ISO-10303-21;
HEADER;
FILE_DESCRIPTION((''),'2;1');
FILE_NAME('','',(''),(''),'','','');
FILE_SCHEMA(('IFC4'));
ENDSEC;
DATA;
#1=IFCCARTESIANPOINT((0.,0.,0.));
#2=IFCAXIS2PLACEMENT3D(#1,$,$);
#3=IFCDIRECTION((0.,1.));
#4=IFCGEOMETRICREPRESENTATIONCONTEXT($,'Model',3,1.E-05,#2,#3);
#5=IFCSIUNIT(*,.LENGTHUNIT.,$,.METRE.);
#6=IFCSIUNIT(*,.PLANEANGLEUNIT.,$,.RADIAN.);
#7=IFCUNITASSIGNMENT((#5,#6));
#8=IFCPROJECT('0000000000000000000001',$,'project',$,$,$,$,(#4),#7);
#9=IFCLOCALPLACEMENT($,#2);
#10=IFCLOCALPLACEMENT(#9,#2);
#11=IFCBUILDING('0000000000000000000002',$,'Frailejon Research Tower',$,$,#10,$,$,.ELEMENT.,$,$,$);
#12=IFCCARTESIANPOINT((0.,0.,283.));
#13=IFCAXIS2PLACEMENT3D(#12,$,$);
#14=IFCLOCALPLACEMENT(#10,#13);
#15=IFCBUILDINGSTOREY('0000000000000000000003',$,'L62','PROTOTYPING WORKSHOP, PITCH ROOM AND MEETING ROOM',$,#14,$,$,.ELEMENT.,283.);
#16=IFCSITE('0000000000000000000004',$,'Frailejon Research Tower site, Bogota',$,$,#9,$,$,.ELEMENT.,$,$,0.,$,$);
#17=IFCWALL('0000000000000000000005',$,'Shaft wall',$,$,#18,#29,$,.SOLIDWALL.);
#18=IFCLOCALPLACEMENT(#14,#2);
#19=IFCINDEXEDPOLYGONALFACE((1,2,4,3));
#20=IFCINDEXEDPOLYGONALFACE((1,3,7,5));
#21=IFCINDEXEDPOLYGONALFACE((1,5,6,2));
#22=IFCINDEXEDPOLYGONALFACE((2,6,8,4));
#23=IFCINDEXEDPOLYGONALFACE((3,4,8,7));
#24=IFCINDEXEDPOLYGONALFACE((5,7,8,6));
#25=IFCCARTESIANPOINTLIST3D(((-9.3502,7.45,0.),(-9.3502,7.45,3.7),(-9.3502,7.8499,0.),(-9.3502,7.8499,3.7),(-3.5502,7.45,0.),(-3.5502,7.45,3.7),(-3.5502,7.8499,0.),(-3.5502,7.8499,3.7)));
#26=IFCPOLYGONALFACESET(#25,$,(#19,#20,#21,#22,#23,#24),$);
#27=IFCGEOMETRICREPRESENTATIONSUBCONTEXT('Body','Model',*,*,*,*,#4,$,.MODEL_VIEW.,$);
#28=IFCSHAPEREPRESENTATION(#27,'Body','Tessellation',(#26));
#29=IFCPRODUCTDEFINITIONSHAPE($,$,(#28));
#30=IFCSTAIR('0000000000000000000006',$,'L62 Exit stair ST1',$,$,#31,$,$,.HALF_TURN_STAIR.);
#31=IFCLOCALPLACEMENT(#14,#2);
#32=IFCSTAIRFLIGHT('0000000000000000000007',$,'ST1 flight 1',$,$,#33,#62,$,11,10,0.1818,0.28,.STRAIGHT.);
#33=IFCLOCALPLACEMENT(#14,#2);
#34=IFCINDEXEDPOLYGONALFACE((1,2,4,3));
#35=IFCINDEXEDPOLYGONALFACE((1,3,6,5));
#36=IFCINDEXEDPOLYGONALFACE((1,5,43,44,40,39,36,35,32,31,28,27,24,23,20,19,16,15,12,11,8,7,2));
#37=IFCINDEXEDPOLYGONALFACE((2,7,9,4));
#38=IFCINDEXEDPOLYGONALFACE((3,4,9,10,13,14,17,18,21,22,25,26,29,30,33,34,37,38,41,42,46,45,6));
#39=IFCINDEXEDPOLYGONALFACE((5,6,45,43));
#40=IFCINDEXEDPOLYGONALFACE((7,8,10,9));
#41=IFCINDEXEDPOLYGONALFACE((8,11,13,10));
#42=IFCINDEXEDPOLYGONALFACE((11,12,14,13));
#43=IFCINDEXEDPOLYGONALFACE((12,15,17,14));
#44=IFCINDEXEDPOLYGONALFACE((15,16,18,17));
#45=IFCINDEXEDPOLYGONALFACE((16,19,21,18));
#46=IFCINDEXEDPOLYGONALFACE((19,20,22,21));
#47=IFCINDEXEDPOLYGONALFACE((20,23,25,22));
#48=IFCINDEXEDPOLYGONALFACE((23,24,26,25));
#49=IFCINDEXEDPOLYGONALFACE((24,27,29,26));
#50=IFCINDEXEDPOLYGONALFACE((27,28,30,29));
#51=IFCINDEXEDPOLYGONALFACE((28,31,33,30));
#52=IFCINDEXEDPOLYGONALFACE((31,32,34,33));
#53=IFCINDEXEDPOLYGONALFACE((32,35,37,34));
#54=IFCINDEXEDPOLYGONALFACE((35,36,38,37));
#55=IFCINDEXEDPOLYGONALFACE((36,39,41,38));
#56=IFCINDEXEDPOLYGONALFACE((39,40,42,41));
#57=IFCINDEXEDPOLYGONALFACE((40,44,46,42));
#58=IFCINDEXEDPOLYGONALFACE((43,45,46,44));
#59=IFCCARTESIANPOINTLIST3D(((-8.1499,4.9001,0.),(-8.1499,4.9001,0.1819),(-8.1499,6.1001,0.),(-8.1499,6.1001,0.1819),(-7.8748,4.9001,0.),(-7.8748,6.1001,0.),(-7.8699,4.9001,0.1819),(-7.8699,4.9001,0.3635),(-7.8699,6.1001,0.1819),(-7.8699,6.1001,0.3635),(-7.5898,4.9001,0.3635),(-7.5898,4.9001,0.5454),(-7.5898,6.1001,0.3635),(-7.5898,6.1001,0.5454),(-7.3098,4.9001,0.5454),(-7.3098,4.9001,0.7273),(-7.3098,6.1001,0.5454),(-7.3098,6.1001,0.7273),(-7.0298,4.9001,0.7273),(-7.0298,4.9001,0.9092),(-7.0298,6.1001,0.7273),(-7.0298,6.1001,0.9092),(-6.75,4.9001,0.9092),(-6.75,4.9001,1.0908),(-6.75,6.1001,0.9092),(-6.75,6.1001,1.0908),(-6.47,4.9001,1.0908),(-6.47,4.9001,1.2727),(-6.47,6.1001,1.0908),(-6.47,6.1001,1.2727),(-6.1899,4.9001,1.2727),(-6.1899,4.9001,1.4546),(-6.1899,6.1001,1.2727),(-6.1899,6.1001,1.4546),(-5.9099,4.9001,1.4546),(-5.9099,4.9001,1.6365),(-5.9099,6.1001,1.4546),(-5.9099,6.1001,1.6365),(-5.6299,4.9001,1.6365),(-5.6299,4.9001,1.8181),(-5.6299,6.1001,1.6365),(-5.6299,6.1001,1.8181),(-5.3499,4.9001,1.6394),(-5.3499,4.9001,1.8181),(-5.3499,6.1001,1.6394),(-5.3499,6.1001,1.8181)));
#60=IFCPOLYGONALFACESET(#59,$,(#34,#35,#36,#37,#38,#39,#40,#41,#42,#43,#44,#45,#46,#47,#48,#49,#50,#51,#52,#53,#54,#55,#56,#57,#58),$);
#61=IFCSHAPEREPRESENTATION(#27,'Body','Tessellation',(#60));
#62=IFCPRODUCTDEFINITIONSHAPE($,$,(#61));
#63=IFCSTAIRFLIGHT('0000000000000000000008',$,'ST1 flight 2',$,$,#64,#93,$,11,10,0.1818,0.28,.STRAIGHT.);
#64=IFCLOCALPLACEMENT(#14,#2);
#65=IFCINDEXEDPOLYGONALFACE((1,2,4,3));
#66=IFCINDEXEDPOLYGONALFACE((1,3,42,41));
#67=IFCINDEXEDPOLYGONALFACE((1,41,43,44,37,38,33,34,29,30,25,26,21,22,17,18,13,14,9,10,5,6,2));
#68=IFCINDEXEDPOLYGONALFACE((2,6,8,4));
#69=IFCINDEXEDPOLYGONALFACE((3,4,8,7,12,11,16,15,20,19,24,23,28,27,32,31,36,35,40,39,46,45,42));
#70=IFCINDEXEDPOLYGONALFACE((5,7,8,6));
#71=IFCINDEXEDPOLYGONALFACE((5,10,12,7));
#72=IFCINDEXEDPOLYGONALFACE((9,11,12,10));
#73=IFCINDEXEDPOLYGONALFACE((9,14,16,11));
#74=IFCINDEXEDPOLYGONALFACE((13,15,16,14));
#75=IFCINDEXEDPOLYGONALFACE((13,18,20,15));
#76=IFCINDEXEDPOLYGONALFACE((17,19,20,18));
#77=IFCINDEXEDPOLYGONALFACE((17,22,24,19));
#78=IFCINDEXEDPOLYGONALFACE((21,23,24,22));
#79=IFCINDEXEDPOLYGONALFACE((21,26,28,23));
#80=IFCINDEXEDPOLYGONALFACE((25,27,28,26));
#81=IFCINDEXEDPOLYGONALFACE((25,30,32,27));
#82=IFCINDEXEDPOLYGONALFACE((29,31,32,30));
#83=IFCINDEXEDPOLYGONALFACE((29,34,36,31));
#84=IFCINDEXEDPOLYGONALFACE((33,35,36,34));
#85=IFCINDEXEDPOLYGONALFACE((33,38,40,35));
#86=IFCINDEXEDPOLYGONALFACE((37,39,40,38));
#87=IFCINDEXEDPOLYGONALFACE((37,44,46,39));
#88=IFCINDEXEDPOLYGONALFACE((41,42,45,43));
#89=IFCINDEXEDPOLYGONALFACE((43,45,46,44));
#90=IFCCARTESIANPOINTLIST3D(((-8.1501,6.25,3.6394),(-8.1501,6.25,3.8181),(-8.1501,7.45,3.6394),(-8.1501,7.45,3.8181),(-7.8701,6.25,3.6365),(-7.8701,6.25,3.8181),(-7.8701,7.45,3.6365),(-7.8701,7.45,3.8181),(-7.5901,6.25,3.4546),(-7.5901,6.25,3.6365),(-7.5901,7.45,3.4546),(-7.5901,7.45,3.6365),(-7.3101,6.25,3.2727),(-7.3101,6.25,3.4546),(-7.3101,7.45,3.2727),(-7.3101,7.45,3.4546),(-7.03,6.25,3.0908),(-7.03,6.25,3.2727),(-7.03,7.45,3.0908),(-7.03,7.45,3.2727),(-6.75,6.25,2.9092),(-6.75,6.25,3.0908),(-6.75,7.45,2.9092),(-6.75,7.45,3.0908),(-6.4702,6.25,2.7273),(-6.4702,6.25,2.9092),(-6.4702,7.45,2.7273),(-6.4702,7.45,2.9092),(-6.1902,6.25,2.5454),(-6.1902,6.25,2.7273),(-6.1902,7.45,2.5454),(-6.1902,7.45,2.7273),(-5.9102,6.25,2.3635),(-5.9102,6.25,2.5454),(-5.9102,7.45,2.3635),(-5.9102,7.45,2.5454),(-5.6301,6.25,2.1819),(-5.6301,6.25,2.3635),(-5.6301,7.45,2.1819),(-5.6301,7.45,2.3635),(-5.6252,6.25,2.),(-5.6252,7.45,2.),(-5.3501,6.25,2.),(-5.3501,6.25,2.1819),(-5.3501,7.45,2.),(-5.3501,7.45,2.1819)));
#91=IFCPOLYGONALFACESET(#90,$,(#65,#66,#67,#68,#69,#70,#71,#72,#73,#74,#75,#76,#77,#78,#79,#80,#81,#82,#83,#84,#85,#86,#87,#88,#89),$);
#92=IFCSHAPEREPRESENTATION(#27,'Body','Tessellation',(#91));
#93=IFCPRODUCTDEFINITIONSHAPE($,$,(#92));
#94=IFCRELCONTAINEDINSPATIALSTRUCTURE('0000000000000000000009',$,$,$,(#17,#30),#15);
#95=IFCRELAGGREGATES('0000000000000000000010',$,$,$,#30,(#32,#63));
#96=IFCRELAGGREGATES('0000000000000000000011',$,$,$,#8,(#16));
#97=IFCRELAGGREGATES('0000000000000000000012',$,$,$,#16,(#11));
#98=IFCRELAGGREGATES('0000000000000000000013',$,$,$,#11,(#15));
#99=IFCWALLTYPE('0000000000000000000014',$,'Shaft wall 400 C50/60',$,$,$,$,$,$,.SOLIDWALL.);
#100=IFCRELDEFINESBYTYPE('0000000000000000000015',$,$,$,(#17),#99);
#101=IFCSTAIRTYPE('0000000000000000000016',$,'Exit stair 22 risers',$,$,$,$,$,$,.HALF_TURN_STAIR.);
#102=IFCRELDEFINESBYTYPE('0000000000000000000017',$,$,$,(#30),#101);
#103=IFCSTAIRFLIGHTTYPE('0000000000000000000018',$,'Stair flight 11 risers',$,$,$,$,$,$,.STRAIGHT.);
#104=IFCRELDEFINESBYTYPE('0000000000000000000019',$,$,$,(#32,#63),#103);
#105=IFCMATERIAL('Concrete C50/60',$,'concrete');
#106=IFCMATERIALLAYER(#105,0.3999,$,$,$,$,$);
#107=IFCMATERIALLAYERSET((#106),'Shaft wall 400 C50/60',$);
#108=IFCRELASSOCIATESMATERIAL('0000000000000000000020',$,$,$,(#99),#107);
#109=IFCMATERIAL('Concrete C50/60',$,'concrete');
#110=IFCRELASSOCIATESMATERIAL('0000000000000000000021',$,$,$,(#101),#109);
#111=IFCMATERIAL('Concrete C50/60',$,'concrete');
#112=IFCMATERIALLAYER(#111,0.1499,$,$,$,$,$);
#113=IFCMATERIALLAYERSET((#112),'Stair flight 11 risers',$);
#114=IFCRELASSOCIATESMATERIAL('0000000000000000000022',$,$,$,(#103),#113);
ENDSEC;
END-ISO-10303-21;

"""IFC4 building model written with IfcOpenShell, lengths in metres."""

from ifc_helpers import new_model, si_unit, direction, frame, frame_2d, origin, place, context, subcontext, project, spatial, polyline, rectangle, outline, extrude, material, layer, layer_set, type_object, element, aggregate, save


model = new_model("IFC4")

# Units and contexts
model_context = context("Model", 3, precision=1e-05, world=origin(), true_north=direction((0.0, 1.0)))
body_context = subcontext(model_context, "Body", "Model", "MODEL_VIEW")
ifc_project = project(units=[si_unit("LENGTHUNIT", "METRE"), si_unit("PLANEANGLEUNIT", "RADIAN")], contexts=[model_context])

# Site, building, storey
site_placement = place(None, origin())
site = spatial("IfcSite", under=ifc_project, at=site_placement, Name="Frailejon Research Tower site, Bogota", CompositionType="ELEMENT", RefElevation=0.0)
building_placement = place(site_placement, origin())
building = spatial("IfcBuilding", under=site, at=building_placement, Name="Frailejon Research Tower", CompositionType="ELEMENT")
storey_placement = place(building_placement, frame((0.0, 0.0, 283.0)))
storey = spatial("IfcBuildingStorey", under=building, at=storey_placement, Name="L62", Description="PROTOTYPING WORKSHOP, PITCH ROOM AND MEETING ROOM", CompositionType="ELEMENT", Elevation=283.0)

# Wall
ifc_material_1 = material(Name="Concrete C50/60", Category="concrete")
ifc_layer_1 = layer(ifc_material_1, 0.3999)
ifc_layer_set_1 = layer_set([ifc_layer_1], Name="Shaft wall 400 C50/60")
wall_type_1 = type_object("IfcWallType", Name="Shaft wall 400 C50/60", PredefinedType="SOLIDWALL", material=ifc_layer_set_1)
wall_1_placement = place(storey_placement, frame((-9.3501, 7.6499, 0.0), z_axis=(0.0, 0.0, 1.0), x_axis=(1.0, 0.0, 0.0)))
element("IfcWall", 1, at=wall_1_placement, inside=storey, type_object=wall_type_1, Name="Shaft wall", PredefinedType="SOLIDWALL", context=body_context, shape_type="SweptSolid", body=[
    extrude(rectangle(XDim=5.8, YDim=0.3999, at=frame_2d((2.8999, 0.0))), origin(), (0.0, 0.0, 1.0), 3.7),
])

# Stair, stair flights
ifc_material_2 = material(Name="Concrete C50/60", Category="concrete")
stair_type = type_object("IfcStairType", Name="Exit stair 22 risers", PredefinedType="HALF_TURN_STAIR", material=ifc_material_2)
stair_placement = place(storey_placement, origin())
stair = element("IfcStair", 2, at=stair_placement, inside=storey, type_object=stair_type, Name="L62 Exit stair ST1", PredefinedType="HALF_TURN_STAIR")
ifc_material_3 = material(Name="Concrete C50/60", Category="concrete")
ifc_layer_2 = layer(ifc_material_3, 0.1499)
ifc_layer_set_2 = layer_set([ifc_layer_2], Name="Stair flight 11 risers")
stair_flight_type = type_object("IfcStairFlightType", Name="Stair flight 11 risers", PredefinedType="STRAIGHT", material=ifc_layer_set_2)
stair_flight_1_placement = place(storey_placement, frame((-8.1499, 5.5, 0.0), z_axis=(0.0, 0.0, 1.0), x_axis=(1.0, 0.0, 0.0)))
stair_flight_1 = element("IfcStairFlight", 3, at=stair_flight_1_placement, type_object=stair_flight_type, Name="ST1 flight 1", NumberOfRisers=11, NumberOfTreads=10, PredefinedType="STRAIGHT", RiserHeight=0.1818, TreadLength=0.28, context=body_context, shape_type="SweptSolid", body=[
    extrude(outline(polyline([(0.0, 0.0), (0.0, 0.1819), (0.28, 0.1819), (0.28, 0.3635), (0.5601, 0.3635), (0.5601, 0.5454), (0.8401, 0.5454), (0.8401, 0.7273), (1.1201, 0.7273), (1.1201, 0.9092), (1.3999, 0.9092), (1.3999, 1.0908), (1.6799, 1.0908), (1.6799, 1.2727), (1.96, 1.2727), (1.96, 1.4546), (2.24, 1.4546), (2.24, 1.6365), (2.52, 1.6365), (2.52, 1.8181), (2.8, 1.8181), (2.8, 2.0), (2.8, 1.6394), (0.2751, 0.0), (0.0, 0.0)])), frame((0.0, 0.6001, 0.0), z_axis=(0.0, -1.0, 0.0), x_axis=(1.0, 0.0, 0.0)), (0.0, 0.0, 1.0), 1.2),
])
stair_flight_2_placement = place(storey_placement, frame((-5.3501, 6.8501, 2.0), z_axis=(0.0, 0.0, 1.0), x_axis=(-1.0, 0.0, 0.0)))
stair_flight_2 = element("IfcStairFlight", 4, at=stair_flight_2_placement, type_object=stair_flight_type, Name="ST1 flight 2", NumberOfRisers=11, NumberOfTreads=10, PredefinedType="STRAIGHT", RiserHeight=0.1818, TreadLength=0.28, context=body_context, shape_type="SweptSolid", body=[
    extrude(outline(polyline([(0.0, 0.0), (0.0, 0.1819), (0.28, 0.1819), (0.28, 0.3635), (0.5601, 0.3635), (0.5601, 0.5454), (0.8401, 0.5454), (0.8401, 0.7273), (1.1201, 0.7273), (1.1201, 0.9092), (1.3999, 0.9092), (1.3999, 1.0908), (1.6799, 1.0908), (1.6799, 1.2727), (1.96, 1.2727), (1.96, 1.4546), (2.24, 1.4546), (2.24, 1.6365), (2.52, 1.6365), (2.52, 1.8181), (2.8, 1.8181), (2.8, 2.0), (2.8, 1.6394), (0.2751, 0.0), (0.0, 0.0)])), frame((0.0, 0.6001, 0.0), z_axis=(0.0, -1.0, 0.0), x_axis=(1.0, 0.0, 0.0)), (0.0, 0.0, 1.0), 1.2),
])
aggregate(stair, [stair_flight_1, stair_flight_2])

save(model, "model.ifc")
